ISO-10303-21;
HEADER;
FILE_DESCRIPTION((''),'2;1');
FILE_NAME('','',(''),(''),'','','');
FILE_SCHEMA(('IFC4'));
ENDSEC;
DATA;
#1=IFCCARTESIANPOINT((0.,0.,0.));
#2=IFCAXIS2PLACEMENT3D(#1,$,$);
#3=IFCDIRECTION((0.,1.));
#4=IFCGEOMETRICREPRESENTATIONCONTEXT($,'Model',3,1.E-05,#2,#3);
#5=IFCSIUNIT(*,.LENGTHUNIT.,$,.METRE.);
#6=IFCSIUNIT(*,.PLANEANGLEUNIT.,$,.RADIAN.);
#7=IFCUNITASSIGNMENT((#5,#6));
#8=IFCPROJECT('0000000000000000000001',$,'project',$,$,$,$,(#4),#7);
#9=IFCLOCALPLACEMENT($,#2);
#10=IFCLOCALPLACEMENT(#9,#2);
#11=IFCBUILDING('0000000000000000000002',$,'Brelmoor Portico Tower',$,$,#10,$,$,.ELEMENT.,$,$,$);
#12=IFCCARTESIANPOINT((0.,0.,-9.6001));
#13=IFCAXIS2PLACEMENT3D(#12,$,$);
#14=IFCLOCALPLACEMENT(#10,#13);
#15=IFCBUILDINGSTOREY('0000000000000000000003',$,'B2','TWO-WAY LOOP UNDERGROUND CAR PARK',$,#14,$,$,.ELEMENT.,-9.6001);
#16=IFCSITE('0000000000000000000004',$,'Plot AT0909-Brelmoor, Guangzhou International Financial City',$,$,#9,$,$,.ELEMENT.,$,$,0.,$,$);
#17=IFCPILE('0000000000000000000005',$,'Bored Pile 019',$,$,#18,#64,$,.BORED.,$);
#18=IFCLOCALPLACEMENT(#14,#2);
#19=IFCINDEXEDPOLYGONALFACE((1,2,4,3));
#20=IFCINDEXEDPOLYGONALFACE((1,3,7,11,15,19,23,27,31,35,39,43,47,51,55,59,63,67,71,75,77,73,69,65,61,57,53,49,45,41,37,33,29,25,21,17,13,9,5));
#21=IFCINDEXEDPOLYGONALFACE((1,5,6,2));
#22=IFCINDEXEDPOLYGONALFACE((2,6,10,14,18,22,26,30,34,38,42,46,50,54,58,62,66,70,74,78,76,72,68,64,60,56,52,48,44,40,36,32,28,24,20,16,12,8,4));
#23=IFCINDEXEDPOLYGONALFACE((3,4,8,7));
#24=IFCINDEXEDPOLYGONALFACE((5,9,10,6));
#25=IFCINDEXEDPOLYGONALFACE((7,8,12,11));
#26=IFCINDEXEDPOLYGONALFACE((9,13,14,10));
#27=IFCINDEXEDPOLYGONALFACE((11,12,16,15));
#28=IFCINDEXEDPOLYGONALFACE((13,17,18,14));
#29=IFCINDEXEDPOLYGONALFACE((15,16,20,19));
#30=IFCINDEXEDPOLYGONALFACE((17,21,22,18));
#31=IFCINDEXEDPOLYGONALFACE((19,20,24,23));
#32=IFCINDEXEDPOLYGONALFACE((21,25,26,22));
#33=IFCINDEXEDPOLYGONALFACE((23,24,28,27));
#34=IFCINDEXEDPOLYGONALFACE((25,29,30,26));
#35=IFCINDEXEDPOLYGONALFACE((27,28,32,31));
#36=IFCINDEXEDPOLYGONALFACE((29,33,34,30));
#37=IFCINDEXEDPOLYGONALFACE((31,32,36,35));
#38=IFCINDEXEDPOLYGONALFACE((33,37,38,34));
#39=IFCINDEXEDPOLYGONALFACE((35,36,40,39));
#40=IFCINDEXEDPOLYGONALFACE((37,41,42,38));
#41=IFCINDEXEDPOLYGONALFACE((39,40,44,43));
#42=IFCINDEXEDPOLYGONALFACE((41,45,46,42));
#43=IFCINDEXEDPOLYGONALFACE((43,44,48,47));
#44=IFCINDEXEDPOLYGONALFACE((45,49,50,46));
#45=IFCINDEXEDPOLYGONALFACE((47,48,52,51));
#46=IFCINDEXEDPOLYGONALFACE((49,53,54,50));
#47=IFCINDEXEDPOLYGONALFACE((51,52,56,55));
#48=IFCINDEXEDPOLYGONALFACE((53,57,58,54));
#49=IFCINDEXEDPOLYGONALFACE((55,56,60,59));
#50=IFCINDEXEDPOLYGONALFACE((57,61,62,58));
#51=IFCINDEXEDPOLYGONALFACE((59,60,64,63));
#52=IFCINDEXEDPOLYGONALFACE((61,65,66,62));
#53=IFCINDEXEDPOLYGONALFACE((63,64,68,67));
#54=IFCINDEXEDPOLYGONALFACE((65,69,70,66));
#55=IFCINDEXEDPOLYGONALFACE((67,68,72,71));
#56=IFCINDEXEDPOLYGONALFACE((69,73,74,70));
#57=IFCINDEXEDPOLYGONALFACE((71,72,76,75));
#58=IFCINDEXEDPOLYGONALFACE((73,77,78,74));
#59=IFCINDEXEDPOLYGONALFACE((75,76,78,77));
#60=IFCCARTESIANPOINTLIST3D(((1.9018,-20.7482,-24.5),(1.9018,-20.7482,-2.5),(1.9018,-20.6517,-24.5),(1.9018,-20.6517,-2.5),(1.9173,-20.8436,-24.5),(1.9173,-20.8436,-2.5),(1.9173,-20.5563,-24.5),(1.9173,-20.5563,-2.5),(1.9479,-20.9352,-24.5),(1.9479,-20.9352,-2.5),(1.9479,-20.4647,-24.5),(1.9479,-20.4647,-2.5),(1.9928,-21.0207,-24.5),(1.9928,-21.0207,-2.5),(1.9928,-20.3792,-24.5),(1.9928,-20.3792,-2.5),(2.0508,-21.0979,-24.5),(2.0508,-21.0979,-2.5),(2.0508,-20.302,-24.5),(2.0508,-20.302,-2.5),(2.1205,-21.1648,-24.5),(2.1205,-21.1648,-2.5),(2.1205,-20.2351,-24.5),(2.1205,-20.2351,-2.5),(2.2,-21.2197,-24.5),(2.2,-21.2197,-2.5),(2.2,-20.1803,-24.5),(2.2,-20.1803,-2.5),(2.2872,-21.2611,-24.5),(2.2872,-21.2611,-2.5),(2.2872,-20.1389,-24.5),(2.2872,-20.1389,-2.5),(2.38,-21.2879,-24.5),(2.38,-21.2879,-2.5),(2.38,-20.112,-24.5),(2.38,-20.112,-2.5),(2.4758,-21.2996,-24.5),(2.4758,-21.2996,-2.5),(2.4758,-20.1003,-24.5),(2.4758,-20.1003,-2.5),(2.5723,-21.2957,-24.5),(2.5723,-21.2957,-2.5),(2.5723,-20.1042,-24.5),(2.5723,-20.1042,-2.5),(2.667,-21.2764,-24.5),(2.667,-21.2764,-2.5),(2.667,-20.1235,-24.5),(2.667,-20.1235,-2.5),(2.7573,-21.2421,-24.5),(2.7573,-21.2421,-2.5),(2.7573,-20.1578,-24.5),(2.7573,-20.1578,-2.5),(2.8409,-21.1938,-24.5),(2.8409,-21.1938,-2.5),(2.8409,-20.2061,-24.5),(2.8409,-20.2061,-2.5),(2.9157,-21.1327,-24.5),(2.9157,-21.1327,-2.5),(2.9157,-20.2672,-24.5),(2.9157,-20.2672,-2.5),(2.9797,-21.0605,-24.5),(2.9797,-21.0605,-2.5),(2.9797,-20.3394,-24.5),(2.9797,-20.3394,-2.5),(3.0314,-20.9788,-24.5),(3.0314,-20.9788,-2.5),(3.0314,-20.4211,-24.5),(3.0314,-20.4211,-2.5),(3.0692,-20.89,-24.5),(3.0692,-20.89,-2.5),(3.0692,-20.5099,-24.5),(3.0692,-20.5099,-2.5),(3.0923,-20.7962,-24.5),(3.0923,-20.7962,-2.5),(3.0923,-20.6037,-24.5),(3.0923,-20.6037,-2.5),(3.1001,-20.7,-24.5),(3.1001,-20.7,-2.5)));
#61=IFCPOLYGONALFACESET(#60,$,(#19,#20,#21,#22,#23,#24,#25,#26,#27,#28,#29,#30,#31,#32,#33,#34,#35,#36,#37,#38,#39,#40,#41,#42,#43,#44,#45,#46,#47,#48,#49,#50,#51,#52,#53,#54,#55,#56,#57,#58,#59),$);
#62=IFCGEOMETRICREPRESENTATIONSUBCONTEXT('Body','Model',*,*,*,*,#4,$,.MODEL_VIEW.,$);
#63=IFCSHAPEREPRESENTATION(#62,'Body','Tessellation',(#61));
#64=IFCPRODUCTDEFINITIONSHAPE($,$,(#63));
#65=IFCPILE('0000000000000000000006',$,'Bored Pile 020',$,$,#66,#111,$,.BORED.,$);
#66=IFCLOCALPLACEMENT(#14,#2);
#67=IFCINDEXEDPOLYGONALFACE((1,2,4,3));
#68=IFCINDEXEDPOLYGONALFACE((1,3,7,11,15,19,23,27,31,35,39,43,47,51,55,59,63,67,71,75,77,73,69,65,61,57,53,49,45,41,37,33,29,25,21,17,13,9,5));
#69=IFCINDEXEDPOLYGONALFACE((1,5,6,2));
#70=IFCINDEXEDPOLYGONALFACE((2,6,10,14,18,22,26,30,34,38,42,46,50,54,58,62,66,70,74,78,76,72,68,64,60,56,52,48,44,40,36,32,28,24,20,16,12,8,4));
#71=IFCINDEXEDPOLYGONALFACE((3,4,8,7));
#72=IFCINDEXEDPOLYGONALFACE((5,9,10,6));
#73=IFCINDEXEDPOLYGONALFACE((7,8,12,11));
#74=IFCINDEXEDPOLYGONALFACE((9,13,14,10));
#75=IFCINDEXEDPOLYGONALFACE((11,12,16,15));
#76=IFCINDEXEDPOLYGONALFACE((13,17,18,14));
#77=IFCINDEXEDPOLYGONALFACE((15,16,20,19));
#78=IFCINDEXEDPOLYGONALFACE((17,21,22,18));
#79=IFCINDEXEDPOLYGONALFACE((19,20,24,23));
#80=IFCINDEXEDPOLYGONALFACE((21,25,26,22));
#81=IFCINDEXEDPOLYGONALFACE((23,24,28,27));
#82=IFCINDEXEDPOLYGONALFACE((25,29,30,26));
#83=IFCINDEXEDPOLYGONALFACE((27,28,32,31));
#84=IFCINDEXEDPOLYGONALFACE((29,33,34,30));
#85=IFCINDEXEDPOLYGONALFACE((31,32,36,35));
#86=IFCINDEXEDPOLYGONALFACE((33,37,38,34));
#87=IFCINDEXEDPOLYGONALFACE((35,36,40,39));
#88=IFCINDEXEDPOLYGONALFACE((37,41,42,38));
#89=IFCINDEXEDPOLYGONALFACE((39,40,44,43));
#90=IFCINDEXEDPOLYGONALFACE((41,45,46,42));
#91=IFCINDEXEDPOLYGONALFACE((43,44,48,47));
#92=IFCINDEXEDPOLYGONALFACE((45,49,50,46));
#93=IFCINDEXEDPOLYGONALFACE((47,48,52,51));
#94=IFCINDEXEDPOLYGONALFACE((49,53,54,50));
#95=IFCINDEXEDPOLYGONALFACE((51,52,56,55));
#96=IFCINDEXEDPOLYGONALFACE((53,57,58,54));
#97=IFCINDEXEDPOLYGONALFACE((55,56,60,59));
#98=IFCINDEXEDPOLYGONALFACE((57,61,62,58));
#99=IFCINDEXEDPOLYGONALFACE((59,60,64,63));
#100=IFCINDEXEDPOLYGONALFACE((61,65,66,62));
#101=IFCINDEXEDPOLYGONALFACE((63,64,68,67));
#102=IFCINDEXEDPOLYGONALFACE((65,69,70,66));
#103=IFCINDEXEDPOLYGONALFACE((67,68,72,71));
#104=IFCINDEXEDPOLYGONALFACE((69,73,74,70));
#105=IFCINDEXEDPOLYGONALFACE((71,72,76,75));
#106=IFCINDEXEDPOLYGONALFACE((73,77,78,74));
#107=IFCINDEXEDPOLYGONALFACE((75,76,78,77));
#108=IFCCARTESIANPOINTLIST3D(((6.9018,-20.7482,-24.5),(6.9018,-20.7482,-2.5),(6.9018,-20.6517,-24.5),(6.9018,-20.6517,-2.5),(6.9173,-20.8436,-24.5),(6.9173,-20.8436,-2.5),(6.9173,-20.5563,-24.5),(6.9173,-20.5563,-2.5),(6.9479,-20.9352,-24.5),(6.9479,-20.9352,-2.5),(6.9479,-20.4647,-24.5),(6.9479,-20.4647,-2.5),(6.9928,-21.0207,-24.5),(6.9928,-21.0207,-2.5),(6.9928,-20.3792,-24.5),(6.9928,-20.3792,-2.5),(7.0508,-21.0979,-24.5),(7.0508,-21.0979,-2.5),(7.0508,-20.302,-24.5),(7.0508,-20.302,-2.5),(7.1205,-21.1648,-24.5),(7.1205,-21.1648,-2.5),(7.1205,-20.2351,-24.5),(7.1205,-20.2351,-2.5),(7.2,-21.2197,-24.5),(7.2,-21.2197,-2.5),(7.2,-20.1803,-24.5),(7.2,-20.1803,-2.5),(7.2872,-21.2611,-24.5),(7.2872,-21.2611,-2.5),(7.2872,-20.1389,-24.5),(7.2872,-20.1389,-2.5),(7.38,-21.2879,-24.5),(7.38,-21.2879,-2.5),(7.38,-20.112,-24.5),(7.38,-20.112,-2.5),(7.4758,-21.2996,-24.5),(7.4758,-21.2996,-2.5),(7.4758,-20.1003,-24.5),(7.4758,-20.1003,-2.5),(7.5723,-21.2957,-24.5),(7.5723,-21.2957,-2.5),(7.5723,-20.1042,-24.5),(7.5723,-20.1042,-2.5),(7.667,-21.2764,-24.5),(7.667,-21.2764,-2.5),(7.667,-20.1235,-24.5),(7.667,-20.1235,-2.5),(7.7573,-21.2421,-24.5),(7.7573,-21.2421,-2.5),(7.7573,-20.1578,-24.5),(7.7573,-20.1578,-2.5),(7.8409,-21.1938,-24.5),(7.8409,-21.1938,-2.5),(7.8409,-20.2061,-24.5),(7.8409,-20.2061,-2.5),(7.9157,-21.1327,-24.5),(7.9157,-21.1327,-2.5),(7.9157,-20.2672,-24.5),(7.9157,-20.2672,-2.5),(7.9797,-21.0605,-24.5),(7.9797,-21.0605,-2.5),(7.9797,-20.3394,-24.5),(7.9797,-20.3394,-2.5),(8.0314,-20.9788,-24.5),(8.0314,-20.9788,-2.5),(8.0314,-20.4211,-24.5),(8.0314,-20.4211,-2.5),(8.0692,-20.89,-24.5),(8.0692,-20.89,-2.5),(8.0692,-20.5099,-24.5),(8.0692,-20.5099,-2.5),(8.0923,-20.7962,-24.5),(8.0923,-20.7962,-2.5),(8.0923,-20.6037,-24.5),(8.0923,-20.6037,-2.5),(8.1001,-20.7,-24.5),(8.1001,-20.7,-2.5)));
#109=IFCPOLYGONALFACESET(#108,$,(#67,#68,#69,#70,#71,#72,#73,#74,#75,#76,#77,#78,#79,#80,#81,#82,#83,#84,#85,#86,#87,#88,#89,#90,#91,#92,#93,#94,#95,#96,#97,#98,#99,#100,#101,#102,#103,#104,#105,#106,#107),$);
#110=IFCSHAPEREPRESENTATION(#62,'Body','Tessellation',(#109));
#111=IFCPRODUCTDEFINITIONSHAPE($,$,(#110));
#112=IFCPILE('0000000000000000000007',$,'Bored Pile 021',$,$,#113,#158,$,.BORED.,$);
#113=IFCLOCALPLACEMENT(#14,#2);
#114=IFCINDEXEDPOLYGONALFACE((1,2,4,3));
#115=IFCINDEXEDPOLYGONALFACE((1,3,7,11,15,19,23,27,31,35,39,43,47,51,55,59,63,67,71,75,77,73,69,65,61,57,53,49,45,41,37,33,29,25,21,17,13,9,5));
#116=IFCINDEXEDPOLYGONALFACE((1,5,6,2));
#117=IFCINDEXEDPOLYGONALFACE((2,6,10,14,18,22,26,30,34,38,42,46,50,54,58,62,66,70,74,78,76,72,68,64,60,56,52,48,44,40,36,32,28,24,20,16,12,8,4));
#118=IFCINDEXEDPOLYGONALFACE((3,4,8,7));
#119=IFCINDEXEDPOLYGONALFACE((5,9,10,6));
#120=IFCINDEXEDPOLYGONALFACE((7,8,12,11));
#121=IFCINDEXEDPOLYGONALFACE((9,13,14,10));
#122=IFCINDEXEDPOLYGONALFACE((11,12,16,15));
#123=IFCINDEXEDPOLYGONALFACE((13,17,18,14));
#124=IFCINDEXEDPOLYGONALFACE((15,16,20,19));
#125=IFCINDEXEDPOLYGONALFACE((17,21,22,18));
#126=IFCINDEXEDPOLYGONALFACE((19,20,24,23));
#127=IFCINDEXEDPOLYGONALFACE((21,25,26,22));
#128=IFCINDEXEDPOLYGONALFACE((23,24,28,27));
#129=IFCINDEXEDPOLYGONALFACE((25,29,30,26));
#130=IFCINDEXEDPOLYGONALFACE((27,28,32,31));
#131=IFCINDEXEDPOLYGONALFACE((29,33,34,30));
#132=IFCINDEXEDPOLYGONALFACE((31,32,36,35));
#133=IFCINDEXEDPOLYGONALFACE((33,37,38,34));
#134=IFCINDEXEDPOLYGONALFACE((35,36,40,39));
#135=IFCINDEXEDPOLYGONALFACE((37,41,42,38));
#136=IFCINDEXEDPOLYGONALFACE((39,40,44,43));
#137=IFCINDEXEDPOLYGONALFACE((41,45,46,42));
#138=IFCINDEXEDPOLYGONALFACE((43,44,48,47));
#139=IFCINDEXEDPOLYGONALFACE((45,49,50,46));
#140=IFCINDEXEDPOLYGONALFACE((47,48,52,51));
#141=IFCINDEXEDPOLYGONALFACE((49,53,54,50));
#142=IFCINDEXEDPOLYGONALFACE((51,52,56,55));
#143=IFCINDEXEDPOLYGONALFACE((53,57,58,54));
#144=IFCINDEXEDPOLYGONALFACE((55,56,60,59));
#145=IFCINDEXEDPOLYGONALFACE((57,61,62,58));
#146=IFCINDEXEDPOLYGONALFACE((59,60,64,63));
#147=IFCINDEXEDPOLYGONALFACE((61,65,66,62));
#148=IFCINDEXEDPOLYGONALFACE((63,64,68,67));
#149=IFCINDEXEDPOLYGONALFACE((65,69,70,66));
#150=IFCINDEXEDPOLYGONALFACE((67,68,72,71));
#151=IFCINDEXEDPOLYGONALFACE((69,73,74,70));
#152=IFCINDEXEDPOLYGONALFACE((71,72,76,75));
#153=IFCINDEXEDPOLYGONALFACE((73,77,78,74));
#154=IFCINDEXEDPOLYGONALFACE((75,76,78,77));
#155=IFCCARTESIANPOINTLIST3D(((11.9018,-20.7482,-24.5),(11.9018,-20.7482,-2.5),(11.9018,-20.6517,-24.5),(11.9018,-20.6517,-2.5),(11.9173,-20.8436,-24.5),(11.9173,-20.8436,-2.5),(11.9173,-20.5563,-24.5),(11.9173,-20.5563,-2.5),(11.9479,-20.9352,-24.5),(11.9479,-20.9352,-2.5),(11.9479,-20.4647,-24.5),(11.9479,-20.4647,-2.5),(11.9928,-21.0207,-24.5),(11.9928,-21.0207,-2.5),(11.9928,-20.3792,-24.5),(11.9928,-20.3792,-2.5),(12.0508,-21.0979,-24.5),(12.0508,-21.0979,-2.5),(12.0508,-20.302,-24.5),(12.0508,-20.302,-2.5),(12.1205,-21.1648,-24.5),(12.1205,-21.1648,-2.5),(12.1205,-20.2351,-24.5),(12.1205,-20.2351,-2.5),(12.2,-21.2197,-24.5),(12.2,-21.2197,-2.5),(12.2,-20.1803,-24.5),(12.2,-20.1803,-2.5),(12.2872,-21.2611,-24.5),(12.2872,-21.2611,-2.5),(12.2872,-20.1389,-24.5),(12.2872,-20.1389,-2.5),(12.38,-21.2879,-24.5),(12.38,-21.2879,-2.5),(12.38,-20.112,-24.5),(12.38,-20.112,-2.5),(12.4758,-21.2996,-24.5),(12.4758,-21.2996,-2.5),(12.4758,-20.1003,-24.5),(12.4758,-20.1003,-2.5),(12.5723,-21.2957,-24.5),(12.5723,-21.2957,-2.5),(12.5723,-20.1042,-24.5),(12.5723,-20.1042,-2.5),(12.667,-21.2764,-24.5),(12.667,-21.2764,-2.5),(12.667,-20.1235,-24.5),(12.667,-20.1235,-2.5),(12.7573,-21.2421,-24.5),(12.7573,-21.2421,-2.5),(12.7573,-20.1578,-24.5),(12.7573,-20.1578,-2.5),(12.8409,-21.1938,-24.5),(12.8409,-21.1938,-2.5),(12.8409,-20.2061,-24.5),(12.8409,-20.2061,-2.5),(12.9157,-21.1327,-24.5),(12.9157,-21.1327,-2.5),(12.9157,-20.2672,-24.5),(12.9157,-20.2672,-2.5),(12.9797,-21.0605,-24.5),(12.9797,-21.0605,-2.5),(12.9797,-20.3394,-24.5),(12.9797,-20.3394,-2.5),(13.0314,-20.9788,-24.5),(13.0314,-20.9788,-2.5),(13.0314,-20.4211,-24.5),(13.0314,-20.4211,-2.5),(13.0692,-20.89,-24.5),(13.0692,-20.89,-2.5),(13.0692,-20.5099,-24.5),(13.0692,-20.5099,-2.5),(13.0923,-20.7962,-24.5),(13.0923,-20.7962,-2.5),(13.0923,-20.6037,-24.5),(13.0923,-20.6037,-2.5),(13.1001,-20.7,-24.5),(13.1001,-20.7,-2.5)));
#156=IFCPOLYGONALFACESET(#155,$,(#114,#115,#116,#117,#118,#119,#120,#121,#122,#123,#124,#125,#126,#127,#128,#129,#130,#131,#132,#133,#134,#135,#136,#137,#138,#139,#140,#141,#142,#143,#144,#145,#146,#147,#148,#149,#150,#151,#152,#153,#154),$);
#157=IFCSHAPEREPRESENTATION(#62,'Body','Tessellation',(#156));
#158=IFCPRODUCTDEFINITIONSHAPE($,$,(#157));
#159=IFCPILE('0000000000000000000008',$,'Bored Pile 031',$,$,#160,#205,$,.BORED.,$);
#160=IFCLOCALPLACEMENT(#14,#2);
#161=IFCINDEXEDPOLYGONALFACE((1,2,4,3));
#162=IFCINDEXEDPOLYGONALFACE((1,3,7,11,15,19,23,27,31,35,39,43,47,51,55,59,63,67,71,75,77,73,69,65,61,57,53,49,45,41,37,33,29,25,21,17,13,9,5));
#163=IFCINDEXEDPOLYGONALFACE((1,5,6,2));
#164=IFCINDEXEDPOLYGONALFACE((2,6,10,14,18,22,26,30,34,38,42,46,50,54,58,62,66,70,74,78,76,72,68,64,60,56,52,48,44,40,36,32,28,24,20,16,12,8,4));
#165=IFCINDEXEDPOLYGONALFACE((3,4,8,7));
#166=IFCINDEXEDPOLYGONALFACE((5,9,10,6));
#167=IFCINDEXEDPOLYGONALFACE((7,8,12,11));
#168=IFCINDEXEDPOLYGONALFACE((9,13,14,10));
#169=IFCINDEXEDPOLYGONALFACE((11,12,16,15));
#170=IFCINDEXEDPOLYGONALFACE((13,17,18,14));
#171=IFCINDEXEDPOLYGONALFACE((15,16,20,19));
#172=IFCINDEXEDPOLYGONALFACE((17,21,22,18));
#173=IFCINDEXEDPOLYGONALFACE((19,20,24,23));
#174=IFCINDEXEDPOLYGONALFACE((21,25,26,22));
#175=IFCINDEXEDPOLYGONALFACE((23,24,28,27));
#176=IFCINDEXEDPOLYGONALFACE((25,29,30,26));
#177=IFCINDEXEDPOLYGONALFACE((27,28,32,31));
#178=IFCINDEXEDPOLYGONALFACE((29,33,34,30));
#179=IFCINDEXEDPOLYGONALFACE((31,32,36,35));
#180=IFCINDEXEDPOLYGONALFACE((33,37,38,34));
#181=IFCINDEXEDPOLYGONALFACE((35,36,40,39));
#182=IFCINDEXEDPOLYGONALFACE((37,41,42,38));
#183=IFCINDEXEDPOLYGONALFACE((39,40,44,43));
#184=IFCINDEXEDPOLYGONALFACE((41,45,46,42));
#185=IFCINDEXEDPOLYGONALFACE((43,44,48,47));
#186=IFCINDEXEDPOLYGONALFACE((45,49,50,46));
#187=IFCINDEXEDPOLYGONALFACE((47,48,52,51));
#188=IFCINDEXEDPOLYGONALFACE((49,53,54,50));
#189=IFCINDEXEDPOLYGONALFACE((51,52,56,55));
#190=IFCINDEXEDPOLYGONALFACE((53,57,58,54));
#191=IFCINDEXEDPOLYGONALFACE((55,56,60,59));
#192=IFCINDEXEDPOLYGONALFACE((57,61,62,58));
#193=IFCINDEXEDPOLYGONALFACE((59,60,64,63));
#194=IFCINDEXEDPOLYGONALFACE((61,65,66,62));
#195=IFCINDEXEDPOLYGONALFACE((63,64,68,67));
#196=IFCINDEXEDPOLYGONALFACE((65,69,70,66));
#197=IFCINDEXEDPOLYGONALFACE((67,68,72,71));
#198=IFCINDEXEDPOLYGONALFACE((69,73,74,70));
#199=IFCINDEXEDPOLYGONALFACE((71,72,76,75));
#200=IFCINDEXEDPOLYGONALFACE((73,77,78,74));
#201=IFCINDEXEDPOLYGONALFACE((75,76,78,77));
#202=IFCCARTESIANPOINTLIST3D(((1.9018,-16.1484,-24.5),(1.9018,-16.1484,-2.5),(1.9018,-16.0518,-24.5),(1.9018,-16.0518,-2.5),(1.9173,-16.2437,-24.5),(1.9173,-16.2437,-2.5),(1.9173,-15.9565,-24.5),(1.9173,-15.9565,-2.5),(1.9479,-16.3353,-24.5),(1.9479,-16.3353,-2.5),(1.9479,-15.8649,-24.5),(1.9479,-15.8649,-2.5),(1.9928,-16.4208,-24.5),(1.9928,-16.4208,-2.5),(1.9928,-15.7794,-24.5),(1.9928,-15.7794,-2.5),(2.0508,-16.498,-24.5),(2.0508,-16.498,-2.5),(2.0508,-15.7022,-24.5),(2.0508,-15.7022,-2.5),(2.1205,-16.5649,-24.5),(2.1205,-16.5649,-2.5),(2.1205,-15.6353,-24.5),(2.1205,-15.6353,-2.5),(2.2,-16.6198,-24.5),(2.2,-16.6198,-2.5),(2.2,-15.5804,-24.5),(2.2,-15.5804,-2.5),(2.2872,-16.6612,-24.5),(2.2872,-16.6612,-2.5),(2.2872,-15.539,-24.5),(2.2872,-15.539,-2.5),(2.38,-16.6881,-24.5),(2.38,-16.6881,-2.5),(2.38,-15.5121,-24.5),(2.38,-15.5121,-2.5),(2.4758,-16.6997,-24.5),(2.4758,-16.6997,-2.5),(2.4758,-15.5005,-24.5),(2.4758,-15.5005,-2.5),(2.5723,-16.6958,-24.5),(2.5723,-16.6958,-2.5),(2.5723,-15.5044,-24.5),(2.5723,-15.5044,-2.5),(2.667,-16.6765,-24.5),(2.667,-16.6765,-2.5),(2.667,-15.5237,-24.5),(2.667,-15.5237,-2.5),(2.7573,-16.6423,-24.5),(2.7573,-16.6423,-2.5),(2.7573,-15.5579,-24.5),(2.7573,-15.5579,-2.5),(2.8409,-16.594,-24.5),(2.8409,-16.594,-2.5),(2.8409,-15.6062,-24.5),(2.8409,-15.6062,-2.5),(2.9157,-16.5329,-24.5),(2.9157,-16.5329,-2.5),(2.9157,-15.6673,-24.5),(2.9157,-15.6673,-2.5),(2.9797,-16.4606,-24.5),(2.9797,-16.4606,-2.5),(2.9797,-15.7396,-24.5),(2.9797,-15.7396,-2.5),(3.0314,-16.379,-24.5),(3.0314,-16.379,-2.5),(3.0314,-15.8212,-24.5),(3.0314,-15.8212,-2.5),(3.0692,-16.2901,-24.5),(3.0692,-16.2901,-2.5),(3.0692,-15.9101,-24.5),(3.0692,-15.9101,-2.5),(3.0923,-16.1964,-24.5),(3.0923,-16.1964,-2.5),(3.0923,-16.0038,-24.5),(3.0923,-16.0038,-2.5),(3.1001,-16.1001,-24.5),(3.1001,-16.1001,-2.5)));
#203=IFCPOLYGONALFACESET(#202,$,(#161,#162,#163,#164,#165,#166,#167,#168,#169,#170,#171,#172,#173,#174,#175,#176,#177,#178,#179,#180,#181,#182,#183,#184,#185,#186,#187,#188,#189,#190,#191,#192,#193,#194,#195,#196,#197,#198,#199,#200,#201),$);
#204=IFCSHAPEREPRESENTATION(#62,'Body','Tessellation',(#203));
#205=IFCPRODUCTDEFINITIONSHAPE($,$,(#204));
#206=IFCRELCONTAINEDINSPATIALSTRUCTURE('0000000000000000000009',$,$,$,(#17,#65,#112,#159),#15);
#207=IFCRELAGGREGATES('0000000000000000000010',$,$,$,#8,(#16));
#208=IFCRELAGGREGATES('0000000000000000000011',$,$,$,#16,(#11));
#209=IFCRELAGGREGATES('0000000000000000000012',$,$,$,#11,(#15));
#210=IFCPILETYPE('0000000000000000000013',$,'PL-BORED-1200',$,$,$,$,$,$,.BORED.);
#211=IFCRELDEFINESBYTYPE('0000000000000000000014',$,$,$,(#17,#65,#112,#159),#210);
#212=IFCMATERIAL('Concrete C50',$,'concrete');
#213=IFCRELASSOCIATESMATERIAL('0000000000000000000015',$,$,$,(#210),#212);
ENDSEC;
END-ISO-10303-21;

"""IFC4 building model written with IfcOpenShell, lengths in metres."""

from ifc_helpers import new_model, si_unit, direction, frame, origin, origin_2d, place, context, subcontext, project, spatial, circle, extrude, material, material_profile, profile_set, type_object, element, save


model = new_model("IFC4")

# Units and contexts
model_context = context("Model", 3, precision=1e-05, world=origin(), true_north=direction((0.0, 1.0)))
body_context = subcontext(model_context, "Body", "Model", "MODEL_VIEW")
ifc_project = project(units=[si_unit("LENGTHUNIT", "METRE"), si_unit("PLANEANGLEUNIT", "RADIAN")], contexts=[model_context])

# Site, building, storey
site_placement = place(None, origin())
site = spatial("IfcSite", under=ifc_project, at=site_placement, Name="Plot AT0909-Brelmoor, Guangzhou International Financial City", CompositionType="ELEMENT", RefElevation=0.0)
building_placement = place(site_placement, origin())
building = spatial("IfcBuilding", under=site, at=building_placement, Name="Brelmoor Portico Tower", CompositionType="ELEMENT")
storey_placement = place(building_placement, frame((0.0, 0.0, -9.6001)))
storey = spatial("IfcBuildingStorey", under=building, at=storey_placement, Name="B2", Description="TWO-WAY LOOP UNDERGROUND CAR PARK", CompositionType="ELEMENT", Elevation=-9.6001)

# Shared definitions
ifc_material_1 = material(Name="Concrete C50", Category="concrete")

# Piles
ifc_material_profile_1 = material_profile(ifc_material_1, circle(Radius=0.6001, at=origin_2d()), Name="BORED PILE D1200")
ifc_profile_set_1 = profile_set([ifc_material_profile_1], Name="Concrete C50")
pile_type_1 = type_object("IfcPileType", Name="PL-BORED-1200", PredefinedType="BORED", material=ifc_profile_set_1)
for number, where, z_axis, x_axis, name in (
    (1, (2.5, -20.7, -2.5), (0.0, 0.0, -1.0), (1.0, 0.0, 0.0), "Bored Pile 019"),
    (2, (7.5, -20.7, -2.5), (0.0, 0.0, -1.0), (1.0, 0.0, 0.0), "Bored Pile 020"),
    (3, (12.5, -20.7, -2.5), (0.0, 0.0, -1.0), (1.0, 0.0, 0.0), "Bored Pile 021"),
    (4, (2.5, -16.1001, -2.5), (0.0, 0.0, -1.0), (1.0, 0.0, 0.0), "Bored Pile 031"),
):
    element("IfcPile", number, at=place(storey_placement, frame(where, z_axis=z_axis, x_axis=x_axis)), inside=storey, type_object=pile_type_1, Name=name, PredefinedType="BORED", context=body_context, shape_type="SweptSolid", body=[
        extrude(circle(Radius=0.6001, at=origin_2d()), origin(), (0.0, 0.0, 1.0), 22.0),
    ])

save(model, "model.ifc")
